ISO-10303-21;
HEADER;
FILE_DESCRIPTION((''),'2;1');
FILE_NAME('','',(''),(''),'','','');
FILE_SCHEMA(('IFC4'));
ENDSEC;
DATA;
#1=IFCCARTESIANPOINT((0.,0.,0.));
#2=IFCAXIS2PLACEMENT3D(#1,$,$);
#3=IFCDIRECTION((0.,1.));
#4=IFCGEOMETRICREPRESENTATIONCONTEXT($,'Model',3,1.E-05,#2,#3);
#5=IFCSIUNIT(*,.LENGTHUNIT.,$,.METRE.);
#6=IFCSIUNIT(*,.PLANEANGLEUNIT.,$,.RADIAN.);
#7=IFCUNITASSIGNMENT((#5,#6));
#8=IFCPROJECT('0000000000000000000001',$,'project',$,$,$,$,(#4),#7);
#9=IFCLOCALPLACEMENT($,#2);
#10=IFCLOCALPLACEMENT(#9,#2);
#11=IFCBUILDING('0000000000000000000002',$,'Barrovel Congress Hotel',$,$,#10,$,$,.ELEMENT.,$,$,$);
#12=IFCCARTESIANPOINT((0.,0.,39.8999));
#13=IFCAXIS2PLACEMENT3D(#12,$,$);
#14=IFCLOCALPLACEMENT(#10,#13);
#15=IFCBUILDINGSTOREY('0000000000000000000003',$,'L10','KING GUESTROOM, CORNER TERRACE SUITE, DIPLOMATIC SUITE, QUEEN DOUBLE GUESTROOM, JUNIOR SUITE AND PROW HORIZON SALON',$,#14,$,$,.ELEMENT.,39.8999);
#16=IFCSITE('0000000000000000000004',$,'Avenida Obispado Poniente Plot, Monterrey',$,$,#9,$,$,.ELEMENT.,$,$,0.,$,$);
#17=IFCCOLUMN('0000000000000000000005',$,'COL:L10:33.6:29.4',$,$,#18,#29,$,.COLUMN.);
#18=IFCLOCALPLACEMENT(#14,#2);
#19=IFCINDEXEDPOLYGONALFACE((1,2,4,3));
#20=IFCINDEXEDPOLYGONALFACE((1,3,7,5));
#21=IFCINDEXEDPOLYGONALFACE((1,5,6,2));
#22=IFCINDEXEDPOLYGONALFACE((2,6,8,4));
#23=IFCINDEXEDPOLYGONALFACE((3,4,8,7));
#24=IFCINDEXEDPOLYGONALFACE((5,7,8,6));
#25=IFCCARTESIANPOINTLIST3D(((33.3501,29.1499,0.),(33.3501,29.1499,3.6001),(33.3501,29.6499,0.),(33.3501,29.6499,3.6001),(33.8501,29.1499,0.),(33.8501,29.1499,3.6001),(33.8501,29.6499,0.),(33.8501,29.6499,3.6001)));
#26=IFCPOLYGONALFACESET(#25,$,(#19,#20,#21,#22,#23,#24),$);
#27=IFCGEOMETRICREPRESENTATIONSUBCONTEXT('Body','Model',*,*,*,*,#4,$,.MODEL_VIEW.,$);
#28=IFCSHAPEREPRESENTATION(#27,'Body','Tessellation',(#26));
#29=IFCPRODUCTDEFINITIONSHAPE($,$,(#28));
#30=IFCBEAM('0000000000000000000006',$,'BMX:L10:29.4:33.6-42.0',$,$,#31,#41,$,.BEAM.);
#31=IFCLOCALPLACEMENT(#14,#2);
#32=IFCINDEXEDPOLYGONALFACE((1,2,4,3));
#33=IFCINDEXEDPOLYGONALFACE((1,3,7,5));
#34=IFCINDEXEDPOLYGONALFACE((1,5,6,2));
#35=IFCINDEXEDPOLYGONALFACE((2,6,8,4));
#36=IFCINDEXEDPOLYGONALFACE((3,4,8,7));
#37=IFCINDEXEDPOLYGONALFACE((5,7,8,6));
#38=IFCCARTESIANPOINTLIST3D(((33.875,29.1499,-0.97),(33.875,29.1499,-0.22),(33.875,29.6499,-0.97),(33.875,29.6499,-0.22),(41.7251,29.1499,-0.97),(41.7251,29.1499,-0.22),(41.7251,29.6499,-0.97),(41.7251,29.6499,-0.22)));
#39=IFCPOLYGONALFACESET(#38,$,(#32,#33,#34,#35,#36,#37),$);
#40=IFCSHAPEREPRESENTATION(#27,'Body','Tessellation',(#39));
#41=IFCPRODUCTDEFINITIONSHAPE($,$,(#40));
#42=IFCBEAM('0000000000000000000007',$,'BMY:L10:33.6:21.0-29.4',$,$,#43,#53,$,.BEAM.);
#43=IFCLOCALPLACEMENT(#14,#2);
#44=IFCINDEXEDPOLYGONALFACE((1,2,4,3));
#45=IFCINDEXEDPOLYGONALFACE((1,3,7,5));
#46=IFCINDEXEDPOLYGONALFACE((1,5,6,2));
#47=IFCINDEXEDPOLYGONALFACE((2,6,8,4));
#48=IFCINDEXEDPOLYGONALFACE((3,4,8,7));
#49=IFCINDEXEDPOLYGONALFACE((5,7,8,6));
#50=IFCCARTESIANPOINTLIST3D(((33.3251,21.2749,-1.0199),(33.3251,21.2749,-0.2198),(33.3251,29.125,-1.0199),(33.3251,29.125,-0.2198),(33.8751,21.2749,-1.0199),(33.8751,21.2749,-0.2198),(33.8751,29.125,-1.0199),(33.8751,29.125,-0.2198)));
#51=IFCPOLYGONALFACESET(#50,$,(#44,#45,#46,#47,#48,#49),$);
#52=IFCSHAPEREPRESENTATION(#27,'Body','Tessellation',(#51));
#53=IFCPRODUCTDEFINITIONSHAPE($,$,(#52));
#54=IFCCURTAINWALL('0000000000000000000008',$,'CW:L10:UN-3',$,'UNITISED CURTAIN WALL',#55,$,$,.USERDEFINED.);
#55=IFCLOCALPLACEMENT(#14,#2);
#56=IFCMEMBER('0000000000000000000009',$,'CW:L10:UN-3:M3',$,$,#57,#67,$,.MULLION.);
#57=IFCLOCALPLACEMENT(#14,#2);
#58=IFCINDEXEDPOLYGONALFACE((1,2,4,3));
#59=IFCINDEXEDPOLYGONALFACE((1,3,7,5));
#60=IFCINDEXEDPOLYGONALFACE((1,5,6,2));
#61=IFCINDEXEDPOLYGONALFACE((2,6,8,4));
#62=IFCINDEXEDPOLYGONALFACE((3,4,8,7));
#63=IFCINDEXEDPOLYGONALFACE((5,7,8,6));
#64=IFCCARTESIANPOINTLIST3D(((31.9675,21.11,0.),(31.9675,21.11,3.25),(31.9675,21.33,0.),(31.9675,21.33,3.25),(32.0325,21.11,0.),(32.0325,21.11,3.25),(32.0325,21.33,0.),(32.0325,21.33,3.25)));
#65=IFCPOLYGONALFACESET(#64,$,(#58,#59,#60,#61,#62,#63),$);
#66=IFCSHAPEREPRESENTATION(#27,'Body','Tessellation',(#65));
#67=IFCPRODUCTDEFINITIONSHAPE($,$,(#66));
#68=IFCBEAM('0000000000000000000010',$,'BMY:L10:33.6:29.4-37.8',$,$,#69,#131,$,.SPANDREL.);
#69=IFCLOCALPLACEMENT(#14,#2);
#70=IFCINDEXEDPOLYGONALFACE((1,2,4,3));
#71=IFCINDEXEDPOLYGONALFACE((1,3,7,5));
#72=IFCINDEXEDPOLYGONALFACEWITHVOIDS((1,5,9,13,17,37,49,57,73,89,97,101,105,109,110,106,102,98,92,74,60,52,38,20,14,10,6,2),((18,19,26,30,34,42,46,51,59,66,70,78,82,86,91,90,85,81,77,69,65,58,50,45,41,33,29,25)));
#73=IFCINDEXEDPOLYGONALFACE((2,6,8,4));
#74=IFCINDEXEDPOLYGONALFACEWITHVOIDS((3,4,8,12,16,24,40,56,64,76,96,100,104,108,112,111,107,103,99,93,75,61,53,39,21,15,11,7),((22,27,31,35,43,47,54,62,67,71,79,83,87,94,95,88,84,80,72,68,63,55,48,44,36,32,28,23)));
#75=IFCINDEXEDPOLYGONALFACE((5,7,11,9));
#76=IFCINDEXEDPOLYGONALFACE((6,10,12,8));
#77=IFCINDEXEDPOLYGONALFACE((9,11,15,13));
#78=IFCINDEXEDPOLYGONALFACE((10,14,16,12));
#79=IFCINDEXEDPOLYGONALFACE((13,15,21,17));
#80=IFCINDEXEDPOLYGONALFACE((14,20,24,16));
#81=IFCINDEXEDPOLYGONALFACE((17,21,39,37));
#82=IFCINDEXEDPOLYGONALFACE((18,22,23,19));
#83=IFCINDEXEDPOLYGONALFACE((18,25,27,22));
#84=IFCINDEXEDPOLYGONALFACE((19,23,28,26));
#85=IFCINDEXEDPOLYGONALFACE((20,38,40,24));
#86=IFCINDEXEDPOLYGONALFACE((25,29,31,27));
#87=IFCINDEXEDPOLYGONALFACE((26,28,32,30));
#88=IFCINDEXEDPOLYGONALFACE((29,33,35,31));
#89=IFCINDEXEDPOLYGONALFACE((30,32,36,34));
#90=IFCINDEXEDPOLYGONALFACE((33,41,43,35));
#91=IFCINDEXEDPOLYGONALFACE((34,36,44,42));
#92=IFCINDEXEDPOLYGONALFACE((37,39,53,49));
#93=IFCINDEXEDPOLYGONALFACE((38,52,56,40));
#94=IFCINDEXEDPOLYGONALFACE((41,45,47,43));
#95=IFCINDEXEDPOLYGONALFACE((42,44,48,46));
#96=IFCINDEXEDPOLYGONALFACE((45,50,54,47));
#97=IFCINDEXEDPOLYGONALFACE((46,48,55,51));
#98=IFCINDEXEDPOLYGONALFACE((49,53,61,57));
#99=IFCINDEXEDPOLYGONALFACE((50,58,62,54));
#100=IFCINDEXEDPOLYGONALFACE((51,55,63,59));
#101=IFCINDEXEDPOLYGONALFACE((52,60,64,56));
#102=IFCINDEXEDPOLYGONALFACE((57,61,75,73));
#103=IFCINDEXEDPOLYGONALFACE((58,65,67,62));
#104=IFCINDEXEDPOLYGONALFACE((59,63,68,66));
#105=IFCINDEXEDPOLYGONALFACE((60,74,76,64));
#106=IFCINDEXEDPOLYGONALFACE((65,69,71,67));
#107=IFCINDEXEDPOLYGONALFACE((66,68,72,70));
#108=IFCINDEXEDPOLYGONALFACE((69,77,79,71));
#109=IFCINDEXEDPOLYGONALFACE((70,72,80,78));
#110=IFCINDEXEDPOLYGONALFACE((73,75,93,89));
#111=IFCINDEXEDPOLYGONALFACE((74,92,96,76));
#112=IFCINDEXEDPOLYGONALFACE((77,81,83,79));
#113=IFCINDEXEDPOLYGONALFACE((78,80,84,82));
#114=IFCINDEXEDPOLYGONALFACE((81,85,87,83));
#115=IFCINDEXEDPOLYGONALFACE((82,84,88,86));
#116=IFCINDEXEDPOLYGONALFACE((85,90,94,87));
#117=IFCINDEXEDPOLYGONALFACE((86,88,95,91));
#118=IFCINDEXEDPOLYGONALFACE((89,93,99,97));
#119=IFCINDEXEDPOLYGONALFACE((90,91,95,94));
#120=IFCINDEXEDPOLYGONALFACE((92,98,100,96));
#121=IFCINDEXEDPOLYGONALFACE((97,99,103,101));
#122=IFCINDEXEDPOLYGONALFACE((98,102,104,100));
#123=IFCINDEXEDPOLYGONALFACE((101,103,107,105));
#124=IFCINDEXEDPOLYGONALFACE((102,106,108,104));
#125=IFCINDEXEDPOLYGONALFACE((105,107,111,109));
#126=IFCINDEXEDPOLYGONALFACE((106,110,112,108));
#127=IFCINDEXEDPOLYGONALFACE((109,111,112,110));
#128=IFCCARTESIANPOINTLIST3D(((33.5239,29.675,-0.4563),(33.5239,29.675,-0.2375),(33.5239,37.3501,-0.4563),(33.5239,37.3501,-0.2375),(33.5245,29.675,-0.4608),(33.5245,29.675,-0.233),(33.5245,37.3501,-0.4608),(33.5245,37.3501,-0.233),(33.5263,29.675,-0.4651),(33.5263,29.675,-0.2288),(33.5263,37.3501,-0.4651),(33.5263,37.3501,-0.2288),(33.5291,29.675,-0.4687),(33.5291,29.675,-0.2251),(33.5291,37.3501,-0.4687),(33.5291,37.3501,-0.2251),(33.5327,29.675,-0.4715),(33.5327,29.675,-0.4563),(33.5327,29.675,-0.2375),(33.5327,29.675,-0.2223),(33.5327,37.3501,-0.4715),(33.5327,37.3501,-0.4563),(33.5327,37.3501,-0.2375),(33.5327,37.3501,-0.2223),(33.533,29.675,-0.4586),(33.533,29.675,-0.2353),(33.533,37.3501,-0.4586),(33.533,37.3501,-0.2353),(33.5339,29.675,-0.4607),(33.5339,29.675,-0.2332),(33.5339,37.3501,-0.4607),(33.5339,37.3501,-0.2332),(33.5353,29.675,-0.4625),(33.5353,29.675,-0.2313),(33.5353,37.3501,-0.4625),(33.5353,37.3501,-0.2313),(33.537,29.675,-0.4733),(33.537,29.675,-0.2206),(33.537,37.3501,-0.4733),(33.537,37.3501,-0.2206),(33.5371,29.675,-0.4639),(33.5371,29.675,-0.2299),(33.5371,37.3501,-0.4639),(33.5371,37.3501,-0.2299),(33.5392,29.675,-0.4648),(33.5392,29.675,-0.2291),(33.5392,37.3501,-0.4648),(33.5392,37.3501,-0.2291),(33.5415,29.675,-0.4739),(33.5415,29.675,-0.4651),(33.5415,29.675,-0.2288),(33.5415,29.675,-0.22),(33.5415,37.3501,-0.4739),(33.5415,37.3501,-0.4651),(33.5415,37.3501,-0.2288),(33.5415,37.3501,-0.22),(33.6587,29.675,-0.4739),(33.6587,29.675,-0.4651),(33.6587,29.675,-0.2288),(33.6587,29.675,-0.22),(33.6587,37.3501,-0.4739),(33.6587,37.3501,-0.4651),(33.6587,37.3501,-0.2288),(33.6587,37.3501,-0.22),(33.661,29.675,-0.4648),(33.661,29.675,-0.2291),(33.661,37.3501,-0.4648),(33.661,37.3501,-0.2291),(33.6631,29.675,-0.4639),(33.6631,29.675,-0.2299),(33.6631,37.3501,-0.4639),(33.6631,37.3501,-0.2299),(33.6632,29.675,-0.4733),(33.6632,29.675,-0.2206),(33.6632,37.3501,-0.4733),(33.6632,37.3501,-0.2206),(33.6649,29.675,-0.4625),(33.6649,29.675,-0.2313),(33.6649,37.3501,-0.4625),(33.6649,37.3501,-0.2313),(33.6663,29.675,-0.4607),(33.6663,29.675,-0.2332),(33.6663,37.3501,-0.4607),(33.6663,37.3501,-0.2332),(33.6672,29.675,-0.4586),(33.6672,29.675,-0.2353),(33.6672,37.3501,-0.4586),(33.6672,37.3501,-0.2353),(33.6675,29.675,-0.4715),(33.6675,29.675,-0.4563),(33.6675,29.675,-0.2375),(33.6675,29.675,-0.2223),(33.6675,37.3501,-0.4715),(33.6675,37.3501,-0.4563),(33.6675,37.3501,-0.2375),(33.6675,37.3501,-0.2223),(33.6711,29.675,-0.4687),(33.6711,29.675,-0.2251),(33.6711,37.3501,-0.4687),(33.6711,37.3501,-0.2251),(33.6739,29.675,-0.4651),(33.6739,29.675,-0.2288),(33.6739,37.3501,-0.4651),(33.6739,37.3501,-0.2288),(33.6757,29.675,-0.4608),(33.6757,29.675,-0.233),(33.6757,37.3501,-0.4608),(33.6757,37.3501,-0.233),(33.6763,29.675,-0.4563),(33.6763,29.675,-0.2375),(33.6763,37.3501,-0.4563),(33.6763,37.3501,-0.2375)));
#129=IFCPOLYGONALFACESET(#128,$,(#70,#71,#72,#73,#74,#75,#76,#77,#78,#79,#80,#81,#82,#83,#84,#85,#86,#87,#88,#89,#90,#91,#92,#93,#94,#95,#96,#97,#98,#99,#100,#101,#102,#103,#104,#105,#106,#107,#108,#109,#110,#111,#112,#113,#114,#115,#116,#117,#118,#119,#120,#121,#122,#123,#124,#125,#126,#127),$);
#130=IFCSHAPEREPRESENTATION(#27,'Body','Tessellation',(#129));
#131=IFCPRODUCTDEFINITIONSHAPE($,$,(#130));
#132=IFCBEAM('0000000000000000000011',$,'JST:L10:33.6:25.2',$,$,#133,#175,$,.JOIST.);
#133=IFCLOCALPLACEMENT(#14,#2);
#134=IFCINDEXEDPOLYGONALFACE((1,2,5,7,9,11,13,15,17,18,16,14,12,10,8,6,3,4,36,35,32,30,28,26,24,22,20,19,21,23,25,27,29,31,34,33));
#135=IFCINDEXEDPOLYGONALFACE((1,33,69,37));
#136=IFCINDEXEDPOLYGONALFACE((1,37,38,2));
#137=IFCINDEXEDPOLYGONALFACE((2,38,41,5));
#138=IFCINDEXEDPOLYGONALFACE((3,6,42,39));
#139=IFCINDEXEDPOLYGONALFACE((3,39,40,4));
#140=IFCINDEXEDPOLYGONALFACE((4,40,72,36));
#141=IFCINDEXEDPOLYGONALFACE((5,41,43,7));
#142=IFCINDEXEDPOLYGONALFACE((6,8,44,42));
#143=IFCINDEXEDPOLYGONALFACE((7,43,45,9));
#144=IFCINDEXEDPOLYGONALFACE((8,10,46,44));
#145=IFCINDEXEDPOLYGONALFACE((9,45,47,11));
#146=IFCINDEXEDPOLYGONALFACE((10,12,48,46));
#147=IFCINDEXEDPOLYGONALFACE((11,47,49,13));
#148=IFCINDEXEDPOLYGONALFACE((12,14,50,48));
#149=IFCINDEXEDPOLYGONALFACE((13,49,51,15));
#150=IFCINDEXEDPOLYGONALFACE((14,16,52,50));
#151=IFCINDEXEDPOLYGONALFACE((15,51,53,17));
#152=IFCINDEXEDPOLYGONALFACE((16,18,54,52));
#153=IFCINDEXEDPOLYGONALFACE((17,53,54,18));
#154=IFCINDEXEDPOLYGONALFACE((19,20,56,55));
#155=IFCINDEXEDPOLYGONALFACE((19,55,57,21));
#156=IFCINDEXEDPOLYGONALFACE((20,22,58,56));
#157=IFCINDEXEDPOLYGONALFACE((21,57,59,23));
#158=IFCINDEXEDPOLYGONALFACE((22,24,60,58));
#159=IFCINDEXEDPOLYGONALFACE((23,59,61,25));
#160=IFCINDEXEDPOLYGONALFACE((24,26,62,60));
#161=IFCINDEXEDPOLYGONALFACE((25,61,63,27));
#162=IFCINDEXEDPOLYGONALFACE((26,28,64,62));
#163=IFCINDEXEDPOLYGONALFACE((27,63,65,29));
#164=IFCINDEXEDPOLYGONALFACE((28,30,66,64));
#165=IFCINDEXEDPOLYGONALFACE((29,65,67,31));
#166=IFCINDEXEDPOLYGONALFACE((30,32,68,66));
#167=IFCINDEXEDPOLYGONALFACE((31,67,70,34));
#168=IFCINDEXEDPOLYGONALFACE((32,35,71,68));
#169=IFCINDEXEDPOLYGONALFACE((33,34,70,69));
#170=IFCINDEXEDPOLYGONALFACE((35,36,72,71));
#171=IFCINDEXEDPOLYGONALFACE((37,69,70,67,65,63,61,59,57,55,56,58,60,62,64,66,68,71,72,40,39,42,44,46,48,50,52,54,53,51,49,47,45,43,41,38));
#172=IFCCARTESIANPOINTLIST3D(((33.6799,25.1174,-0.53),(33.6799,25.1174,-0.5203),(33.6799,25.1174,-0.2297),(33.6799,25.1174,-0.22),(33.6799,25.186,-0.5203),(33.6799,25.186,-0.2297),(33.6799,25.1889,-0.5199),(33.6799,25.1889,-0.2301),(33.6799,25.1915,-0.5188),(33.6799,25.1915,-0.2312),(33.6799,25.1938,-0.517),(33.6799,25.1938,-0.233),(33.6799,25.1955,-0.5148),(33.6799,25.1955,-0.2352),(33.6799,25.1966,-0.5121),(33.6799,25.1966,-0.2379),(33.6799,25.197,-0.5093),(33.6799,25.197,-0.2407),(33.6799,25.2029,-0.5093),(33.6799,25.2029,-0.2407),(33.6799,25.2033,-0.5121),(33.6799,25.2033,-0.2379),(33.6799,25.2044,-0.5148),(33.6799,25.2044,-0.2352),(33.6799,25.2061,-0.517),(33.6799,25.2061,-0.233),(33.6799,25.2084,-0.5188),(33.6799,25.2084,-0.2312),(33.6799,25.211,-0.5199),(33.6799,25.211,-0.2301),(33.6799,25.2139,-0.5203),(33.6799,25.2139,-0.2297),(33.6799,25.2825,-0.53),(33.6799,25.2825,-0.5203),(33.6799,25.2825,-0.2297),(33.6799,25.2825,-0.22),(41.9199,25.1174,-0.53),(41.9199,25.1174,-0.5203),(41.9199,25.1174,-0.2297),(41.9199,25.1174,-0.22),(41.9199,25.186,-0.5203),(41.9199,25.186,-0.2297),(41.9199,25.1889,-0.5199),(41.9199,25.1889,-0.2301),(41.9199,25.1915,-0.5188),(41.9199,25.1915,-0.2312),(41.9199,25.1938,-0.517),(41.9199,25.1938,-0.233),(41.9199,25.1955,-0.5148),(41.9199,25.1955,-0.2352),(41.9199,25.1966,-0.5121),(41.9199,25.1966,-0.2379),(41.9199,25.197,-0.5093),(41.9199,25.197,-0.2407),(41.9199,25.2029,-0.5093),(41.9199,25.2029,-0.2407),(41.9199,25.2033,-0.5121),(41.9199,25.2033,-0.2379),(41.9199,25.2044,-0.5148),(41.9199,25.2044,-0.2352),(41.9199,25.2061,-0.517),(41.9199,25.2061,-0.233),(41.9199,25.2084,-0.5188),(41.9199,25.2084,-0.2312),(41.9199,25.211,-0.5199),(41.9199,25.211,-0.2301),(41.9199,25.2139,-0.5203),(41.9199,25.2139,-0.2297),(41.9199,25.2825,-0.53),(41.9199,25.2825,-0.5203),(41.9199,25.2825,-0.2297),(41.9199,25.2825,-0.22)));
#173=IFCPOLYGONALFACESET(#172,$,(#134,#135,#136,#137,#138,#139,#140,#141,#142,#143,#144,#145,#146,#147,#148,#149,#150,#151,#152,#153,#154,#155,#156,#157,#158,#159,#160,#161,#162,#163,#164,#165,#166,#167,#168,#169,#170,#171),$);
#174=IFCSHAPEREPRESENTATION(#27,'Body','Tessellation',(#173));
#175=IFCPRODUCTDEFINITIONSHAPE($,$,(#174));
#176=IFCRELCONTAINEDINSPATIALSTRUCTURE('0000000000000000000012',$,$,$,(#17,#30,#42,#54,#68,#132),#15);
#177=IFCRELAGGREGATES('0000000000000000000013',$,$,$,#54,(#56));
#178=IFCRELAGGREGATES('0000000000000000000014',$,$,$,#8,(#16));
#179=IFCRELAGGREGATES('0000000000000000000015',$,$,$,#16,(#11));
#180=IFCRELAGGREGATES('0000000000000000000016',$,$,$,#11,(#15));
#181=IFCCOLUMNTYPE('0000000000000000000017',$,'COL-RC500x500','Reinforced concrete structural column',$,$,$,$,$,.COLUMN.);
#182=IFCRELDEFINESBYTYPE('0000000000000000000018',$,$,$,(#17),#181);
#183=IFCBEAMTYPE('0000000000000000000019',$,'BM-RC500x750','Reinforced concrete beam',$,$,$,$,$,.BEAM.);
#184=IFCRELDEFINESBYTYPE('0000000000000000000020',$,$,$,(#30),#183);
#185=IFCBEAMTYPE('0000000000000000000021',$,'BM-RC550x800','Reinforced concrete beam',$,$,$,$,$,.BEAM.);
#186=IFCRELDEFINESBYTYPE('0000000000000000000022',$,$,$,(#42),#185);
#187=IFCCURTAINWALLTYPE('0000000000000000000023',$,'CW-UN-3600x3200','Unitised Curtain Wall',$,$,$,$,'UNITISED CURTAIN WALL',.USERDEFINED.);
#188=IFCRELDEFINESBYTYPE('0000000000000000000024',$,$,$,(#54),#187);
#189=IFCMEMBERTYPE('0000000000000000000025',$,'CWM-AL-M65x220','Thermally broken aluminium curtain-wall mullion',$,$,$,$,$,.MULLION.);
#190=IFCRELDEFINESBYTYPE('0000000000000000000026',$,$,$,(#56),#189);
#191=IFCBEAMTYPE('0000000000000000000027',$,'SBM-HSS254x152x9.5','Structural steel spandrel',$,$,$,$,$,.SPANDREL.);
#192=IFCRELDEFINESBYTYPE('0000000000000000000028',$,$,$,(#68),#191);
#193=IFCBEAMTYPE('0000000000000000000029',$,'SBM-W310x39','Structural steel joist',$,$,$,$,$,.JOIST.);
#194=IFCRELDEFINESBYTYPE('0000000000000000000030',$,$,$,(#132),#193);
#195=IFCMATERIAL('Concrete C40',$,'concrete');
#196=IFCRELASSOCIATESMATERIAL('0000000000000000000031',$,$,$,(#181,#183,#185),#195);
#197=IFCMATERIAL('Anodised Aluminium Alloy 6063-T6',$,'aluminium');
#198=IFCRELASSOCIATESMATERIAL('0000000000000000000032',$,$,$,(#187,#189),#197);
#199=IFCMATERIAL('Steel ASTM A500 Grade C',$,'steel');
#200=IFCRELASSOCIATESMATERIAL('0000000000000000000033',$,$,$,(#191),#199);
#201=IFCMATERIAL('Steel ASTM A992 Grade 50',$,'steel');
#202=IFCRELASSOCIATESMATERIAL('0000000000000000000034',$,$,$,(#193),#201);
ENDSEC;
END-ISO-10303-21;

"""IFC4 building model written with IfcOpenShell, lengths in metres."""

from ifc_helpers import new_model, si_unit, direction, frame, origin, origin_2d, place, context, subcontext, project, spatial, rectangle, hollow_rectangle, i_section, extrude, material, material_profile, profile_set, type_object, element, aggregate, save


model = new_model("IFC4")

# Units and contexts
model_context = context("Model", 3, precision=1e-05, world=origin(), true_north=direction((0.0, 1.0)))
body_context = subcontext(model_context, "Body", "Model", "MODEL_VIEW")
ifc_project = project(units=[si_unit("LENGTHUNIT", "METRE"), si_unit("PLANEANGLEUNIT", "RADIAN")], contexts=[model_context])

# Site, building, storey
site_placement = place(None, origin())
site = spatial("IfcSite", under=ifc_project, at=site_placement, Name="Avenida Obispado Poniente Plot, Monterrey", CompositionType="ELEMENT", RefElevation=0.0)
building_placement = place(site_placement, origin())
building = spatial("IfcBuilding", under=site, at=building_placement, Name="Barrovel Congress Hotel", CompositionType="ELEMENT")
storey_placement = place(building_placement, frame((0.0, 0.0, 39.8999)))
storey = spatial("IfcBuildingStorey", under=building, at=storey_placement, Name="L10", Description="KING GUESTROOM, CORNER TERRACE SUITE, DIPLOMATIC SUITE, QUEEN DOUBLE GUESTROOM, JUNIOR SUITE AND PROW HORIZON SALON", CompositionType="ELEMENT", Elevation=39.8999)

# Column
ifc_material_1 = material(Name="Concrete C40", Category="concrete")
ifc_material_profile_1 = material_profile(ifc_material_1, rectangle(XDim=0.5, YDim=0.5, at=origin_2d()), Name="RC500x500")
ifc_profile_set_1 = profile_set([ifc_material_profile_1], Name="Concrete C40")
column_type = type_object("IfcColumnType", Name="COL-RC500x500", Description="Reinforced concrete structural column", PredefinedType="COLUMN", material=ifc_profile_set_1)
column_placement = place(storey_placement, frame((33.6001, 29.3999, 0.0), z_axis=(0.0, 0.0, 1.0), x_axis=(1.0, 0.0, 0.0)))
element("IfcColumn", 1, at=column_placement, inside=storey, type_object=column_type, Name="COL:L10:33.6:29.4", PredefinedType="COLUMN", context=body_context, shape_type="SweptSolid", body=[
    extrude(rectangle(XDim=0.5, YDim=0.5, at=origin_2d()), origin(), (0.0, 0.0, 1.0), 3.6001),
])

# Beams
ifc_material_profile_2 = material_profile(ifc_material_1, rectangle(XDim=0.5, YDim=0.75, at=origin_2d()), Name="RC500x750")
ifc_profile_set_2 = profile_set([ifc_material_profile_2], Name="Concrete C40")
beam_type_1 = type_object("IfcBeamType", Name="BM-RC500x750", Description="Reinforced concrete beam", PredefinedType="BEAM", material=ifc_profile_set_2)
beam_1_placement = place(storey_placement, frame((33.875, 29.3999, -0.595), z_axis=(1.0, 0.0, 0.0), x_axis=(0.0, 1.0, 0.0)))
element("IfcBeam", 2, at=beam_1_placement, inside=storey, type_object=beam_type_1, Name="BMX:L10:29.4:33.6-42.0", PredefinedType="BEAM", context=body_context, shape_type="SweptSolid", body=[
    extrude(rectangle(XDim=0.5, YDim=0.75, at=origin_2d()), origin(), (0.0, 0.0, 1.0), 7.8501),
])
ifc_material_profile_3 = material_profile(ifc_material_1, rectangle(XDim=0.55, YDim=0.8, at=origin_2d()), Name="RC550x800")
ifc_profile_set_3 = profile_set([ifc_material_profile_3], Name="Concrete C40")
beam_type_2 = type_object("IfcBeamType", Name="BM-RC550x800", Description="Reinforced concrete beam", PredefinedType="BEAM", material=ifc_profile_set_3)
beam_2_placement = place(storey_placement, frame((33.6001, 21.2749, -0.6199), z_axis=(0.0, 1.0, 0.0), x_axis=(-1.0, 0.0, 0.0)))
element("IfcBeam", 3, at=beam_2_placement, inside=storey, type_object=beam_type_2, Name="BMY:L10:33.6:21.0-29.4", PredefinedType="BEAM", context=body_context, shape_type="SweptSolid", body=[
    extrude(rectangle(XDim=0.55, YDim=0.8, at=origin_2d()), origin(), (0.0, 0.0, 1.0), 7.8501),
])

# Curtain wall, member
ifc_material_2 = material(Name="Anodised Aluminium Alloy 6063-T6", Category="aluminium")
curtain_wall_type = type_object("IfcCurtainWallType", Name="CW-UN-3600x3200", Description="Unitised Curtain Wall", ElementType="UNITISED CURTAIN WALL", PredefinedType="USERDEFINED", material=ifc_material_2)
curtain_wall_placement = place(storey_placement, origin())
curtain_wall = element("IfcCurtainWall", 4, at=curtain_wall_placement, inside=storey, type_object=curtain_wall_type, Name="CW:L10:UN-3", ObjectType="UNITISED CURTAIN WALL", PredefinedType="USERDEFINED")
ifc_material_profile_4 = material_profile(ifc_material_2, rectangle(XDim=0.0649, YDim=0.22, at=origin_2d()), Name="AL-M65x220")
ifc_profile_set_4 = profile_set([ifc_material_profile_4], Name="Anodised Aluminium Alloy 6063-T6")
member_type = type_object("IfcMemberType", Name="CWM-AL-M65x220", Description="Thermally broken aluminium curtain-wall mullion", PredefinedType="MULLION", material=ifc_profile_set_4)
member_placement = place(storey_placement, frame((32.0, 21.22, 0.0), z_axis=(0.0, 0.0, 1.0), x_axis=(1.0, 0.0, 0.0)))
member = element("IfcMember", 5, at=member_placement, type_object=member_type, Name="CW:L10:UN-3:M3", PredefinedType="MULLION", context=body_context, shape_type="SweptSolid", body=[
    extrude(rectangle(XDim=0.0649, YDim=0.22, at=origin_2d()), origin(), (0.0, 0.0, 1.0), 3.25),
])

# Beams
ifc_material_3 = material(Name="Steel ASTM A500 Grade C", Category="steel")
ifc_material_profile_5 = material_profile(ifc_material_3, hollow_rectangle(XDim=0.1523, YDim=0.2539, WallThickness=0.0088, InnerFilletRadius=0.0088, OuterFilletRadius=0.0176, at=origin_2d()), Name="HSS254x152x9.5")
ifc_profile_set_5 = profile_set([ifc_material_profile_5], Name="Steel ASTM A500 Grade C")
beam_type_3 = type_object("IfcBeamType", Name="SBM-HSS254x152x9.5", Description="Structural steel spandrel", PredefinedType="SPANDREL", material=ifc_profile_set_5)
beam_3_placement = place(storey_placement, frame((33.6001, 29.675, -0.3469), z_axis=(0.0, 1.0, 0.0), x_axis=(-1.0, 0.0, 0.0)))
element("IfcBeam", 6, at=beam_3_placement, inside=storey, type_object=beam_type_3, Name="BMY:L10:33.6:29.4-37.8", PredefinedType="SPANDREL", context=body_context, shape_type="SweptSolid", body=[
    extrude(hollow_rectangle(XDim=0.1523, YDim=0.2539, WallThickness=0.0088, InnerFilletRadius=0.0088, OuterFilletRadius=0.0176, at=origin_2d()), origin(), (0.0, 0.0, 1.0), 7.675),
])
ifc_material_4 = material(Name="Steel ASTM A992 Grade 50", Category="steel")
ifc_material_profile_6 = material_profile(ifc_material_4, i_section(OverallWidth=0.165, OverallDepth=0.3101, WebThickness=0.0059, FlangeThickness=0.0098, FilletRadius=0.011, at=origin_2d()), Name="W310x39")
ifc_profile_set_6 = profile_set([ifc_material_profile_6], Name="Steel ASTM A992 Grade 50")
beam_type_4 = type_object("IfcBeamType", Name="SBM-W310x39", Description="Structural steel joist", PredefinedType="JOIST", material=ifc_profile_set_6)
beam_4_placement = place(storey_placement, frame((33.6799, 25.2, -0.375), z_axis=(1.0, 0.0, 0.0), x_axis=(0.0, 1.0, 0.0)))
element("IfcBeam", 7, at=beam_4_placement, inside=storey, type_object=beam_type_4, Name="JST:L10:33.6:25.2", PredefinedType="JOIST", context=body_context, shape_type="SweptSolid", body=[
    extrude(i_section(OverallWidth=0.165, OverallDepth=0.3101, WebThickness=0.0059, FlangeThickness=0.0098, FilletRadius=0.011, at=origin_2d()), origin(), (0.0, 0.0, 1.0), 8.24),
])

aggregate(curtain_wall, [member])

save(model, "model.ifc")
